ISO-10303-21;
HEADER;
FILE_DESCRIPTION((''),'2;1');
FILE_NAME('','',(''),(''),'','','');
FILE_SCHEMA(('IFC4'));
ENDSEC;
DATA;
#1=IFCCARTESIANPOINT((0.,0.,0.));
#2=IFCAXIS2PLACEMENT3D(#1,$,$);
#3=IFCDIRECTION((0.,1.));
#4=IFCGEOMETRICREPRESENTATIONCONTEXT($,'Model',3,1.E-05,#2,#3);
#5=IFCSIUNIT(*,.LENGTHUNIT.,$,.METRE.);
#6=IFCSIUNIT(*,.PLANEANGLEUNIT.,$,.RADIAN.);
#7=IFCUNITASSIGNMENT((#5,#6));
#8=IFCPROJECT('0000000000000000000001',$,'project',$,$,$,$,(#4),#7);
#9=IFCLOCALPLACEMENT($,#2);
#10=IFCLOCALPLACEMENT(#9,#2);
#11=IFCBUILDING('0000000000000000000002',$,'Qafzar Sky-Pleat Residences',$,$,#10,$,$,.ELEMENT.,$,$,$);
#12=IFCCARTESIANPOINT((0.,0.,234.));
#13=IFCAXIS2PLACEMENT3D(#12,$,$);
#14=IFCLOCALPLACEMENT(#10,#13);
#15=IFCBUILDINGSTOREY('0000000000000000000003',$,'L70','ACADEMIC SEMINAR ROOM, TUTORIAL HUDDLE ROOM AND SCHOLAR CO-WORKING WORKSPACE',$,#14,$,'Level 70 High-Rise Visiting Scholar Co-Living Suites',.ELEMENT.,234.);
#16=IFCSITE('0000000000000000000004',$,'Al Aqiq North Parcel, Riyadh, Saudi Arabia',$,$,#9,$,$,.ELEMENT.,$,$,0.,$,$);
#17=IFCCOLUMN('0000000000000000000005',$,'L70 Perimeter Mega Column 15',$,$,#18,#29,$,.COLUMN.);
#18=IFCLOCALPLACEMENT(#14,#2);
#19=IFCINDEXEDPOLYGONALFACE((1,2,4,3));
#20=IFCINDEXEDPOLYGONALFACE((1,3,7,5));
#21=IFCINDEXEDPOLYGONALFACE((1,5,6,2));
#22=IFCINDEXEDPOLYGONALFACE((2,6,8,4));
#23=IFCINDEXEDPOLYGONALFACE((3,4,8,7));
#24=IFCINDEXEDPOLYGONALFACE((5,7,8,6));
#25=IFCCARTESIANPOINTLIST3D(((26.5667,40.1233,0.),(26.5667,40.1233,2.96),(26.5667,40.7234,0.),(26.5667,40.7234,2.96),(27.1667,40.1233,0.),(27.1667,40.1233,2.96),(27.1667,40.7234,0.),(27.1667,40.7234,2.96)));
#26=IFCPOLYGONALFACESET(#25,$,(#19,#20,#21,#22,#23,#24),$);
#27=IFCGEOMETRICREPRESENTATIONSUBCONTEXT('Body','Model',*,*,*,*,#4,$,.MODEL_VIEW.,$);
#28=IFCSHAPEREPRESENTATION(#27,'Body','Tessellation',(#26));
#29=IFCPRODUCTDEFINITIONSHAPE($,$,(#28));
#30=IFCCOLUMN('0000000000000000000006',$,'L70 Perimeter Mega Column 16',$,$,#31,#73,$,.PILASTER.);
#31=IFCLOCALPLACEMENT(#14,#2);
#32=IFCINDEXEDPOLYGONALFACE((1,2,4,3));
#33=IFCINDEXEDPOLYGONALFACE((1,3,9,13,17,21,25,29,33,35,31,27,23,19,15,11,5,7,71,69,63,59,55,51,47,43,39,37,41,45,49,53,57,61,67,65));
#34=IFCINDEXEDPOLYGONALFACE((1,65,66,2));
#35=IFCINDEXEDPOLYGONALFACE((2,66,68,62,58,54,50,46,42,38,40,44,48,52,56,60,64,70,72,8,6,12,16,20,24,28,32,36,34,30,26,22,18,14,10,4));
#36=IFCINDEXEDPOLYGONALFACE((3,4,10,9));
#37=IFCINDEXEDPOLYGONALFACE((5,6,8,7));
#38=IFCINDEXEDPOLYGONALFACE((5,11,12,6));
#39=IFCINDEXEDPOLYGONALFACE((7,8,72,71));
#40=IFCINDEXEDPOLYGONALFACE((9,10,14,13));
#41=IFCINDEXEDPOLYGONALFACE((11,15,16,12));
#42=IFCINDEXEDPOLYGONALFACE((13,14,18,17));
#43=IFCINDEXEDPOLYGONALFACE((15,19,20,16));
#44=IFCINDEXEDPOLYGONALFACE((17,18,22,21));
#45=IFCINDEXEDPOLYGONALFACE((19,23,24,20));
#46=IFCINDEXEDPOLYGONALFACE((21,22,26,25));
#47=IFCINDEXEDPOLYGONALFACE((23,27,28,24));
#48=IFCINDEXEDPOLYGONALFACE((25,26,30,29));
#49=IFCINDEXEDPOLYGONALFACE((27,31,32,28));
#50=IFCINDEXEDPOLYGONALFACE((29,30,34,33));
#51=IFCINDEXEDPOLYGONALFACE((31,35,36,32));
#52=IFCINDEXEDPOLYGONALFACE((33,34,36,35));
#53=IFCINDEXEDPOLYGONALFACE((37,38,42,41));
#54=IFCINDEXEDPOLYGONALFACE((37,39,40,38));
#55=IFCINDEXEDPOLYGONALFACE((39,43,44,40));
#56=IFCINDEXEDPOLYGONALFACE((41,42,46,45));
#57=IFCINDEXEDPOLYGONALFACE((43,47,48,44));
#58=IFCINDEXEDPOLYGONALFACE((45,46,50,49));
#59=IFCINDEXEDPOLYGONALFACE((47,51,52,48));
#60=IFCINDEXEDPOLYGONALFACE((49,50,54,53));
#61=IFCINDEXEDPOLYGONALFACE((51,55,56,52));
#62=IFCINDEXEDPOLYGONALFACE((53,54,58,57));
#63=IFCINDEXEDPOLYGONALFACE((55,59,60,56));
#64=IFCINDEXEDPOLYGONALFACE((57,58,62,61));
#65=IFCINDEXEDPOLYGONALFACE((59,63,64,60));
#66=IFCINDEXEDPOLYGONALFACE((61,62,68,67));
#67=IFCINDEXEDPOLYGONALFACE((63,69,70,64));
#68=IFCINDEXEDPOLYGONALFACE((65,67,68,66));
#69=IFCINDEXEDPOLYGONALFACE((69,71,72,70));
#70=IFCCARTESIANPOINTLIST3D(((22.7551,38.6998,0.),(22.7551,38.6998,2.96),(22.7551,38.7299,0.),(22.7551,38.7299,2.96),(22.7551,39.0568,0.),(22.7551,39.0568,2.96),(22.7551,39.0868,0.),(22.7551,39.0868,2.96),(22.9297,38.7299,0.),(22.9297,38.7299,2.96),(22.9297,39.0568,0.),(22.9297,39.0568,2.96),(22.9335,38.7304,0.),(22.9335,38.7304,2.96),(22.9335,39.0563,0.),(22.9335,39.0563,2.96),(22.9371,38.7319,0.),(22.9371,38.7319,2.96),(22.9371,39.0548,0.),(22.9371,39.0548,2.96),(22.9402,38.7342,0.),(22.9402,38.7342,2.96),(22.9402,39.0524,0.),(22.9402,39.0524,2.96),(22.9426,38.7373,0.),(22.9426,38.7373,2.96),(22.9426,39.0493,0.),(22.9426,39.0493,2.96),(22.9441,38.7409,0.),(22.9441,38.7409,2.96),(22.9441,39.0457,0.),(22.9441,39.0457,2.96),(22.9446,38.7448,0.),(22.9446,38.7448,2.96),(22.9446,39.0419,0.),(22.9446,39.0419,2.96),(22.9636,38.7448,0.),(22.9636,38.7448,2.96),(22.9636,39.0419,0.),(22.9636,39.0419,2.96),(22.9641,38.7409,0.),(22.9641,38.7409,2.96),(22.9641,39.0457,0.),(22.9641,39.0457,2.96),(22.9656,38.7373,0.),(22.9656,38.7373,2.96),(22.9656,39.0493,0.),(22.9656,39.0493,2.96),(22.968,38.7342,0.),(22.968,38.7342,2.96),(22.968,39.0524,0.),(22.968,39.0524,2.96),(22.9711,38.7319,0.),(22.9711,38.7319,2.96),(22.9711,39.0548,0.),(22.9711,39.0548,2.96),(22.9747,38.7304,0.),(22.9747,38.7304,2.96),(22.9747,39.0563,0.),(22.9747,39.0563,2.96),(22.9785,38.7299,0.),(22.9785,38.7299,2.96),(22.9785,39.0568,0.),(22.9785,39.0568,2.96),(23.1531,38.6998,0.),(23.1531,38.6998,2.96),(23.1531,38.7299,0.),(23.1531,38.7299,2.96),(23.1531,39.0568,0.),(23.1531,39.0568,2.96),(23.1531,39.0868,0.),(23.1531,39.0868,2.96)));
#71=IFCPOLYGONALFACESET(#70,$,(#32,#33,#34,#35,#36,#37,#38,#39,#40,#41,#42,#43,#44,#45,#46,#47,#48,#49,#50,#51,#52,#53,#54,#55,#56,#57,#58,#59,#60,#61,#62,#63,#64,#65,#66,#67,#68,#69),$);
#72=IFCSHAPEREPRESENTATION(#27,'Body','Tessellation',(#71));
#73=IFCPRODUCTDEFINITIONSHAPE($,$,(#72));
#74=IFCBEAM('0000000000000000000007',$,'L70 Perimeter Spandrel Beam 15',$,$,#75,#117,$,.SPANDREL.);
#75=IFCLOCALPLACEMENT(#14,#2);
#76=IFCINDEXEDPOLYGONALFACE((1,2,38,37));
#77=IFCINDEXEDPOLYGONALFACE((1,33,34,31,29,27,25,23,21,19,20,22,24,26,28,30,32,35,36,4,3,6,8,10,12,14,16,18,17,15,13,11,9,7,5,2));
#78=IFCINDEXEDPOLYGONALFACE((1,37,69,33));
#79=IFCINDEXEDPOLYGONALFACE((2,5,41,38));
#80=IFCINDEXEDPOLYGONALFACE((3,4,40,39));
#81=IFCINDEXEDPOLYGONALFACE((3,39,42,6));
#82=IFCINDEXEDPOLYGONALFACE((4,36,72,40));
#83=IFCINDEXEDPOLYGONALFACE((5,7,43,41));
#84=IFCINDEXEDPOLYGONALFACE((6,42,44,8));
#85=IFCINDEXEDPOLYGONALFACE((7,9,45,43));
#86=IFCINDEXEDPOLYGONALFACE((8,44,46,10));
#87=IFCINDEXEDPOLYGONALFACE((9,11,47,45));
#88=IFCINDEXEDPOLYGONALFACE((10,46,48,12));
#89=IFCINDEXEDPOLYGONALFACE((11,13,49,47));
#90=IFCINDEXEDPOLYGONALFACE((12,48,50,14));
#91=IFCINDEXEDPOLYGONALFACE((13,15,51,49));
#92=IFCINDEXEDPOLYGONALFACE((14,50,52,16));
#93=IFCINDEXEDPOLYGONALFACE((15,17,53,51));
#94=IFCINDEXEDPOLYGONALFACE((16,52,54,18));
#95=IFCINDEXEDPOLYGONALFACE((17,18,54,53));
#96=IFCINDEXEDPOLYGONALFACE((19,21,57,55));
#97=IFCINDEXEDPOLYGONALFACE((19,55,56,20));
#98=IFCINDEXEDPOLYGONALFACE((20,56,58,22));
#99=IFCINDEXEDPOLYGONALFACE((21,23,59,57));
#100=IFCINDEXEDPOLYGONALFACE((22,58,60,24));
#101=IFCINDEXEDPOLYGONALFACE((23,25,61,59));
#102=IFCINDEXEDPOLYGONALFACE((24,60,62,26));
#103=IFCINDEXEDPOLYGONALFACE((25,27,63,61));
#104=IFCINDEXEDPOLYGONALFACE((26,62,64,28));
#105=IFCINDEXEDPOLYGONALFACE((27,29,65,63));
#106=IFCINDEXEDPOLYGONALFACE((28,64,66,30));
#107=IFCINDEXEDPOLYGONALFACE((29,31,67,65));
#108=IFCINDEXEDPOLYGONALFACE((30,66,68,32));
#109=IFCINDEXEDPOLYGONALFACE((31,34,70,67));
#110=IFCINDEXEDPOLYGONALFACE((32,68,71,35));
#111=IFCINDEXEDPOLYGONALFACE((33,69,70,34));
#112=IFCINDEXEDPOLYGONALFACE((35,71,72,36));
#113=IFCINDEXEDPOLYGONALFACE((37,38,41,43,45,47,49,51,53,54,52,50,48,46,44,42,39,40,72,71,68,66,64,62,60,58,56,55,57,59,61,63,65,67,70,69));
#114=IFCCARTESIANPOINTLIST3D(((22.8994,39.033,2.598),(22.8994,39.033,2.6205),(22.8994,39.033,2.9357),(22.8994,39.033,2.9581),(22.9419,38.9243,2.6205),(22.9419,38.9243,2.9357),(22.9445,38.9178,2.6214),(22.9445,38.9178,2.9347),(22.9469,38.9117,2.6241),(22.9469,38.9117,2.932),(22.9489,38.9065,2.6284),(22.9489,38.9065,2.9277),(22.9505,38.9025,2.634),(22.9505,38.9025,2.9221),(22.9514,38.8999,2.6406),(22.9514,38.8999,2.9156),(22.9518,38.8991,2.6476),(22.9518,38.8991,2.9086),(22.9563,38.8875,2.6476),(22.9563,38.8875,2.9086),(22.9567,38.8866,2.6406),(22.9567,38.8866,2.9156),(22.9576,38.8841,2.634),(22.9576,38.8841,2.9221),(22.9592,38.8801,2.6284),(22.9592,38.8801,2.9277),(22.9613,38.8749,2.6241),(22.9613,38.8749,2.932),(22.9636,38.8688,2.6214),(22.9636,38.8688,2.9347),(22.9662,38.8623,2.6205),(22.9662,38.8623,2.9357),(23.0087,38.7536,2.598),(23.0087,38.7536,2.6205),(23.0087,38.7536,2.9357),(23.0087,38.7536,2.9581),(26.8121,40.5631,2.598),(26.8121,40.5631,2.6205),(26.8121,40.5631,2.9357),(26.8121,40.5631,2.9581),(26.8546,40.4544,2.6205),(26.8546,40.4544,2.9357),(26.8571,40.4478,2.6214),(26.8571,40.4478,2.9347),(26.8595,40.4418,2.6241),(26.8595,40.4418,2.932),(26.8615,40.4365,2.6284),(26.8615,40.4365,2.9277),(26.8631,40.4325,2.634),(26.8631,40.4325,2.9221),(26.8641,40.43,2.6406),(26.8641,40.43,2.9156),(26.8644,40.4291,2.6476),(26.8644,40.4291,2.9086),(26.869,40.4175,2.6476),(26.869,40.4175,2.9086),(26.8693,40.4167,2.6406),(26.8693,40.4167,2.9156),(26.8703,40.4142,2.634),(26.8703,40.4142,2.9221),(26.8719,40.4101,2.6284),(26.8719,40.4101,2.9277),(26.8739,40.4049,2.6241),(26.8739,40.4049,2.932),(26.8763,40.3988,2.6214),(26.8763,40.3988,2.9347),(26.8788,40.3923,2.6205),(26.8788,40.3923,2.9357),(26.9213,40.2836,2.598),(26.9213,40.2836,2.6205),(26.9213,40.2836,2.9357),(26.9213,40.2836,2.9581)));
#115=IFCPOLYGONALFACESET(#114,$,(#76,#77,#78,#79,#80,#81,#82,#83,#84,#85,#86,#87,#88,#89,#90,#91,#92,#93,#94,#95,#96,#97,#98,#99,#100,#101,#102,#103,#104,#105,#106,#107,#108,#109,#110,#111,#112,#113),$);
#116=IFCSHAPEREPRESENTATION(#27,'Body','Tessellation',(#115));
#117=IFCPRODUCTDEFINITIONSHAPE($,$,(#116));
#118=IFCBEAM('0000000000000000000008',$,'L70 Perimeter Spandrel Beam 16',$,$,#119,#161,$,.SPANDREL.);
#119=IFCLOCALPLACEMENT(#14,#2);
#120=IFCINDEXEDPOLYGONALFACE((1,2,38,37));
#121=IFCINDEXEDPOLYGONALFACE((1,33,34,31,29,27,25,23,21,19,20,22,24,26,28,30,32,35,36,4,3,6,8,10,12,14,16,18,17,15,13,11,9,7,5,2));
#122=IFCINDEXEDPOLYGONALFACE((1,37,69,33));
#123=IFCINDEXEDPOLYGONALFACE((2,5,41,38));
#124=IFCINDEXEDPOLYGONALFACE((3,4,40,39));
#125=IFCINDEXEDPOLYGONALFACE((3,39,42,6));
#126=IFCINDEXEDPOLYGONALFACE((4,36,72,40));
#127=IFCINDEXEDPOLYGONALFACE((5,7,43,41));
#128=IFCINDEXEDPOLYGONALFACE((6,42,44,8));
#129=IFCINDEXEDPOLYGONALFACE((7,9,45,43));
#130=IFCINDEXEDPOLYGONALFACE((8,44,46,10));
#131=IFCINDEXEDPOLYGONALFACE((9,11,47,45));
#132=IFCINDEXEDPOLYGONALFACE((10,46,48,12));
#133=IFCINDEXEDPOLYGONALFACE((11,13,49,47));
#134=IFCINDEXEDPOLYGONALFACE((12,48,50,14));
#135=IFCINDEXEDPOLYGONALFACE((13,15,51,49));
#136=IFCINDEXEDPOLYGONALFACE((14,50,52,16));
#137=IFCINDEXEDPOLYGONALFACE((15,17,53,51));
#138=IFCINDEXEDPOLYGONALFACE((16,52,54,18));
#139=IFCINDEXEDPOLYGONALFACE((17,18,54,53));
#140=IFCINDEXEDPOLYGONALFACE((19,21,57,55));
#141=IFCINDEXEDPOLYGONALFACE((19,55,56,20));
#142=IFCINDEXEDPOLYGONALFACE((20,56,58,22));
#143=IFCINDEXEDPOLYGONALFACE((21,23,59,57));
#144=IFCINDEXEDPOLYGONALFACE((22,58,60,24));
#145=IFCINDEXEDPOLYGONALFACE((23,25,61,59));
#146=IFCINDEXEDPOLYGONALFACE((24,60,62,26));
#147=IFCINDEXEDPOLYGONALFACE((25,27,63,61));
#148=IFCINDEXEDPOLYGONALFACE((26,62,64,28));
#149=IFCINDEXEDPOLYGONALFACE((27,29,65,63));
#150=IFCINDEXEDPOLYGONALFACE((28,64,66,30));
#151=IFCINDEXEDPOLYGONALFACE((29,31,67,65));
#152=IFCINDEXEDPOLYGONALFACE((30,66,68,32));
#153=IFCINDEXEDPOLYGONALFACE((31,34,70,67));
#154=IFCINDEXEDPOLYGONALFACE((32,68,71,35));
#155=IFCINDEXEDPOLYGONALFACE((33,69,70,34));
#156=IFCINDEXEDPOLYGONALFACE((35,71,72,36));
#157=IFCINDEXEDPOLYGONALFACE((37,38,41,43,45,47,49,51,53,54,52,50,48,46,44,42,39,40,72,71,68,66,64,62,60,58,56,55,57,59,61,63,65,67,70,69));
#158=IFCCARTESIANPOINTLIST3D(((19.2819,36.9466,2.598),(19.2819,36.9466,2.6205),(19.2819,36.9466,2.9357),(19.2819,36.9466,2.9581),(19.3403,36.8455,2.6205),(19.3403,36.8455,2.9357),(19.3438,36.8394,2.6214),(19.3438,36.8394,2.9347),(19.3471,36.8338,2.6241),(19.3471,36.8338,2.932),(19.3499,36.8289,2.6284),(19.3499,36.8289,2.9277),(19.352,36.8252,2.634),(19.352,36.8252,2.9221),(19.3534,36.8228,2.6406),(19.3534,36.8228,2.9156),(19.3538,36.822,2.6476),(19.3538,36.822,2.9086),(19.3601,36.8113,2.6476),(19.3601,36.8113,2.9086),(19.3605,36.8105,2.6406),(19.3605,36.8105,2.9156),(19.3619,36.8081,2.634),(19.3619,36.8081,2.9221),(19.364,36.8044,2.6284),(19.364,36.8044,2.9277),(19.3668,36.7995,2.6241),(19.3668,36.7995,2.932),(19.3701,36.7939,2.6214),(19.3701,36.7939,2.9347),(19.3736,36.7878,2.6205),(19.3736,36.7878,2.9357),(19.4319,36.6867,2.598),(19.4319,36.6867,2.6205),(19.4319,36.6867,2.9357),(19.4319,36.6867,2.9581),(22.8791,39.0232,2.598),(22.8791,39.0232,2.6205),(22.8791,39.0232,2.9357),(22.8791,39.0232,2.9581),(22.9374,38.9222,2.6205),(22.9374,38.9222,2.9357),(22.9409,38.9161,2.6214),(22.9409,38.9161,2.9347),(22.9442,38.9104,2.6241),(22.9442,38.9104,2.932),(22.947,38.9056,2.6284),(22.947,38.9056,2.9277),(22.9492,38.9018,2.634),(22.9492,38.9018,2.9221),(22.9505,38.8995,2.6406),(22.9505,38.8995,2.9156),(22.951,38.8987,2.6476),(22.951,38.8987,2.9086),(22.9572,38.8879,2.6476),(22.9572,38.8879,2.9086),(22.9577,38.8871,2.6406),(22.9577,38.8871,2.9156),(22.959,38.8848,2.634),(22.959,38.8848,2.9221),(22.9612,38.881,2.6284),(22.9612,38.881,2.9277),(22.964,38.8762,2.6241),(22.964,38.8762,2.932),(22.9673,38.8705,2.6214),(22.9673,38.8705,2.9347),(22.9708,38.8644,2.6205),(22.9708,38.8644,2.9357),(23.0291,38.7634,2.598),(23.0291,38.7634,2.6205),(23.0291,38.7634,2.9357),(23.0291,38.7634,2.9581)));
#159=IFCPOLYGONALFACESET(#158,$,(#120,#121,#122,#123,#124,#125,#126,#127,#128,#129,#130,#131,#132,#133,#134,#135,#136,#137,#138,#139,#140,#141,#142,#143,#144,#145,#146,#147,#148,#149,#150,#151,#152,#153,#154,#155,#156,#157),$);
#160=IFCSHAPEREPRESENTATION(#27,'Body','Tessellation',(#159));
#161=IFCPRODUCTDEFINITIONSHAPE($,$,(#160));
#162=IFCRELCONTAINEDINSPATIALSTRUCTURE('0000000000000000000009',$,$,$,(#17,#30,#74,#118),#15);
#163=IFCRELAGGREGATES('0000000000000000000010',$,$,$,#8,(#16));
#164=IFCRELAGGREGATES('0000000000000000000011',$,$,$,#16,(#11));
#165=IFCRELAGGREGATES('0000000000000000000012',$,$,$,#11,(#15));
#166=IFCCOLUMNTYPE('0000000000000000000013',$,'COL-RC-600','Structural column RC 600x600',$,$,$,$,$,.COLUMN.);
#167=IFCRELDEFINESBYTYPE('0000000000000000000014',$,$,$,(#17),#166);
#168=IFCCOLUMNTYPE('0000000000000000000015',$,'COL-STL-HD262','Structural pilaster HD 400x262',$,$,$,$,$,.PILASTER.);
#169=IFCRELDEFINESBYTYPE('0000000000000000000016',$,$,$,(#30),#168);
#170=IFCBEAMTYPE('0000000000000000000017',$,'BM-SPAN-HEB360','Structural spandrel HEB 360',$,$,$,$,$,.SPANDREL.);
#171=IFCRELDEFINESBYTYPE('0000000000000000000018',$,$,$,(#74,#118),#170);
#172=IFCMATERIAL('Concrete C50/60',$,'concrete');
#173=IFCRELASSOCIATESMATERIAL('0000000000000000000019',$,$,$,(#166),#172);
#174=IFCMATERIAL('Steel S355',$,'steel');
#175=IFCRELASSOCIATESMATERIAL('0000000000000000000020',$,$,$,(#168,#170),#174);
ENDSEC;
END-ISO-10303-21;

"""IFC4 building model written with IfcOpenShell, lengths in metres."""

from ifc_helpers import new_model, si_unit, direction, frame, origin, origin_2d, place, context, subcontext, project, spatial, rectangle, i_section, extrude, source, transform, mapped, material, material_profile, profile_set, type_object, element, save


model = new_model("IFC4")

# Units and contexts
model_context = context("Model", 3, precision=1e-05, world=origin(), true_north=direction((0.0, 1.0)))
body_context = subcontext(model_context, "Body", "Model", "MODEL_VIEW")
ifc_project = project(units=[si_unit("LENGTHUNIT", "METRE"), si_unit("PLANEANGLEUNIT", "RADIAN")], contexts=[model_context])

# Site, building, storey
site_placement = place(None, origin())
site = spatial("IfcSite", under=ifc_project, at=site_placement, Name="Al Aqiq North Parcel, Riyadh, Saudi Arabia", CompositionType="ELEMENT", RefElevation=0.0)
building_placement = place(site_placement, origin())
building = spatial("IfcBuilding", under=site, at=building_placement, Name="Qafzar Sky-Pleat Residences", CompositionType="ELEMENT")
storey_placement = place(building_placement, frame((0.0, 0.0, 234.0)))
storey = spatial("IfcBuildingStorey", under=building, at=storey_placement, Name="L70", Description="ACADEMIC SEMINAR ROOM, TUTORIAL HUDDLE ROOM AND SCHOLAR CO-WORKING WORKSPACE", LongName="Level 70 High-Rise Visiting Scholar Co-Living Suites", CompositionType="ELEMENT", Elevation=234.0)

# Columns
ifc_material_1 = material(Name="Concrete C50/60", Category="concrete")
ifc_material_profile_1 = material_profile(ifc_material_1, rectangle(XDim=0.6001, YDim=0.6001, at=origin_2d()), Name="RC 600x600")
ifc_profile_set_1 = profile_set([ifc_material_profile_1], Name="Concrete C50/60")
column_type_1 = type_object("IfcColumnType", Name="COL-RC-600", Description="Structural column RC 600x600", PredefinedType="COLUMN", material=ifc_profile_set_1)
shared_shape_1 = source(origin(), body_context, "Body", "SweptSolid", [
    extrude(rectangle(XDim=0.6001, YDim=0.6001, at=origin_2d()), origin(), (0.0, 0.0, 1.0), 2.96),
])
column_1_placement = place(storey_placement, frame((26.8667, 40.4233, 0.0), z_axis=(0.0, 0.0, 1.0), x_axis=(1.0, 0.0, 0.0)))
element("IfcColumn", 1, at=column_1_placement, inside=storey, type_object=column_type_1, Name="L70 Perimeter Mega Column 15", PredefinedType="COLUMN", context=body_context, shape_type="MappedRepresentation", body=[
    mapped(shared_shape_1, transform((0.0, 0.0, 0.0), x_axis=(1.0, 0.0, 0.0), y_axis=(0.0, 1.0, 0.0), z_axis=(0.0, 0.0, 1.0), scale=1.0)),
])
ifc_material_2 = material(Name="Steel S355", Category="steel")
ifc_material_profile_2 = material_profile(ifc_material_2, i_section(OverallWidth=0.3979, OverallDepth=0.387, WebThickness=0.019, FlangeThickness=0.03, FilletRadius=0.0149, at=origin_2d()), Name="HD 400x262")
ifc_profile_set_2 = profile_set([ifc_material_profile_2], Name="Steel S355")
column_type_2 = type_object("IfcColumnType", Name="COL-STL-HD262", Description="Structural pilaster HD 400x262", PredefinedType="PILASTER", material=ifc_profile_set_2)
shared_shape_2 = source(origin(), body_context, "Body", "SweptSolid", [
    extrude(i_section(OverallWidth=0.3979, OverallDepth=0.387, WebThickness=0.019, FlangeThickness=0.03, FilletRadius=0.0149, at=origin_2d()), origin(), (0.0, 0.0, 1.0), 2.96),
])
column_2_placement = place(storey_placement, frame((22.9541, 38.8933, 0.0), z_axis=(0.0, 0.0, 1.0), x_axis=(1.0, 0.0, 0.0)))
element("IfcColumn", 2, at=column_2_placement, inside=storey, type_object=column_type_2, Name="L70 Perimeter Mega Column 16", PredefinedType="PILASTER", context=body_context, shape_type="MappedRepresentation", body=[
    mapped(shared_shape_2, transform((0.0, 0.0, 0.0), x_axis=(1.0, 0.0, 0.0), y_axis=(0.0, 1.0, 0.0), z_axis=(0.0, 0.0, 1.0), scale=1.0)),
])

# Beams
ifc_material_profile_3 = material_profile(ifc_material_2, i_section(OverallWidth=0.3, OverallDepth=0.3601, WebThickness=0.0125, FlangeThickness=0.0225, FilletRadius=0.0271, at=origin_2d()), Name="HEB 360")
ifc_profile_set_3 = profile_set([ifc_material_profile_3], Name="Steel S355")
beam_type_1 = type_object("IfcBeamType", Name="BM-SPAN-HEB360", Description="Structural spandrel HEB 360", PredefinedType="SPANDREL", material=ifc_profile_set_3)
shared_shape_3 = source(origin(), body_context, "Body", "SweptSolid", [
    extrude(i_section(OverallWidth=0.3, OverallDepth=0.3601, WebThickness=0.0125, FlangeThickness=0.0225, FilletRadius=0.0271, at=origin_2d()), origin(), (0.0, 0.0, 1.0), 4.2012),
])
beam_1_placement = place(storey_placement, frame((26.8667, 40.4233, 2.7781), z_axis=(-0.931322, -0.364196, 0.0), x_axis=(0.364196, -0.931322, 0.0)))
element("IfcBeam", 3, at=beam_1_placement, inside=storey, type_object=beam_type_1, Name="L70 Perimeter Spandrel Beam 15", PredefinedType="SPANDREL", context=body_context, shape_type="MappedRepresentation", body=[
    mapped(shared_shape_3, transform((0.0, 0.0, 0.0), x_axis=(1.0, 0.0, 0.0), y_axis=(0.0, 1.0, 0.0), z_axis=(0.0, 0.0, 1.0), scale=1.0)),
])
shared_shape_4 = source(origin(), body_context, "Body", "SweptSolid", [
    extrude(i_section(OverallWidth=0.3, OverallDepth=0.3601, WebThickness=0.0125, FlangeThickness=0.0225, FilletRadius=0.0271, at=origin_2d()), origin(), (0.0, 0.0, 1.0), 4.1536),
])
beam_2_placement = place(storey_placement, frame((22.9541, 38.8933, 2.7781), z_axis=(-0.866043, -0.49997, 0.0), x_axis=(0.49997, -0.866043, 0.0)))
element("IfcBeam", 4, at=beam_2_placement, inside=storey, type_object=beam_type_1, Name="L70 Perimeter Spandrel Beam 16", PredefinedType="SPANDREL", context=body_context, shape_type="MappedRepresentation", body=[
    mapped(shared_shape_4, transform((0.0, 0.0, 0.0), x_axis=(1.0, 0.0, 0.0), y_axis=(0.0, 1.0, 0.0), z_axis=(0.0, 0.0, 1.0), scale=1.0)),
])

save(model, "model.ifc")
